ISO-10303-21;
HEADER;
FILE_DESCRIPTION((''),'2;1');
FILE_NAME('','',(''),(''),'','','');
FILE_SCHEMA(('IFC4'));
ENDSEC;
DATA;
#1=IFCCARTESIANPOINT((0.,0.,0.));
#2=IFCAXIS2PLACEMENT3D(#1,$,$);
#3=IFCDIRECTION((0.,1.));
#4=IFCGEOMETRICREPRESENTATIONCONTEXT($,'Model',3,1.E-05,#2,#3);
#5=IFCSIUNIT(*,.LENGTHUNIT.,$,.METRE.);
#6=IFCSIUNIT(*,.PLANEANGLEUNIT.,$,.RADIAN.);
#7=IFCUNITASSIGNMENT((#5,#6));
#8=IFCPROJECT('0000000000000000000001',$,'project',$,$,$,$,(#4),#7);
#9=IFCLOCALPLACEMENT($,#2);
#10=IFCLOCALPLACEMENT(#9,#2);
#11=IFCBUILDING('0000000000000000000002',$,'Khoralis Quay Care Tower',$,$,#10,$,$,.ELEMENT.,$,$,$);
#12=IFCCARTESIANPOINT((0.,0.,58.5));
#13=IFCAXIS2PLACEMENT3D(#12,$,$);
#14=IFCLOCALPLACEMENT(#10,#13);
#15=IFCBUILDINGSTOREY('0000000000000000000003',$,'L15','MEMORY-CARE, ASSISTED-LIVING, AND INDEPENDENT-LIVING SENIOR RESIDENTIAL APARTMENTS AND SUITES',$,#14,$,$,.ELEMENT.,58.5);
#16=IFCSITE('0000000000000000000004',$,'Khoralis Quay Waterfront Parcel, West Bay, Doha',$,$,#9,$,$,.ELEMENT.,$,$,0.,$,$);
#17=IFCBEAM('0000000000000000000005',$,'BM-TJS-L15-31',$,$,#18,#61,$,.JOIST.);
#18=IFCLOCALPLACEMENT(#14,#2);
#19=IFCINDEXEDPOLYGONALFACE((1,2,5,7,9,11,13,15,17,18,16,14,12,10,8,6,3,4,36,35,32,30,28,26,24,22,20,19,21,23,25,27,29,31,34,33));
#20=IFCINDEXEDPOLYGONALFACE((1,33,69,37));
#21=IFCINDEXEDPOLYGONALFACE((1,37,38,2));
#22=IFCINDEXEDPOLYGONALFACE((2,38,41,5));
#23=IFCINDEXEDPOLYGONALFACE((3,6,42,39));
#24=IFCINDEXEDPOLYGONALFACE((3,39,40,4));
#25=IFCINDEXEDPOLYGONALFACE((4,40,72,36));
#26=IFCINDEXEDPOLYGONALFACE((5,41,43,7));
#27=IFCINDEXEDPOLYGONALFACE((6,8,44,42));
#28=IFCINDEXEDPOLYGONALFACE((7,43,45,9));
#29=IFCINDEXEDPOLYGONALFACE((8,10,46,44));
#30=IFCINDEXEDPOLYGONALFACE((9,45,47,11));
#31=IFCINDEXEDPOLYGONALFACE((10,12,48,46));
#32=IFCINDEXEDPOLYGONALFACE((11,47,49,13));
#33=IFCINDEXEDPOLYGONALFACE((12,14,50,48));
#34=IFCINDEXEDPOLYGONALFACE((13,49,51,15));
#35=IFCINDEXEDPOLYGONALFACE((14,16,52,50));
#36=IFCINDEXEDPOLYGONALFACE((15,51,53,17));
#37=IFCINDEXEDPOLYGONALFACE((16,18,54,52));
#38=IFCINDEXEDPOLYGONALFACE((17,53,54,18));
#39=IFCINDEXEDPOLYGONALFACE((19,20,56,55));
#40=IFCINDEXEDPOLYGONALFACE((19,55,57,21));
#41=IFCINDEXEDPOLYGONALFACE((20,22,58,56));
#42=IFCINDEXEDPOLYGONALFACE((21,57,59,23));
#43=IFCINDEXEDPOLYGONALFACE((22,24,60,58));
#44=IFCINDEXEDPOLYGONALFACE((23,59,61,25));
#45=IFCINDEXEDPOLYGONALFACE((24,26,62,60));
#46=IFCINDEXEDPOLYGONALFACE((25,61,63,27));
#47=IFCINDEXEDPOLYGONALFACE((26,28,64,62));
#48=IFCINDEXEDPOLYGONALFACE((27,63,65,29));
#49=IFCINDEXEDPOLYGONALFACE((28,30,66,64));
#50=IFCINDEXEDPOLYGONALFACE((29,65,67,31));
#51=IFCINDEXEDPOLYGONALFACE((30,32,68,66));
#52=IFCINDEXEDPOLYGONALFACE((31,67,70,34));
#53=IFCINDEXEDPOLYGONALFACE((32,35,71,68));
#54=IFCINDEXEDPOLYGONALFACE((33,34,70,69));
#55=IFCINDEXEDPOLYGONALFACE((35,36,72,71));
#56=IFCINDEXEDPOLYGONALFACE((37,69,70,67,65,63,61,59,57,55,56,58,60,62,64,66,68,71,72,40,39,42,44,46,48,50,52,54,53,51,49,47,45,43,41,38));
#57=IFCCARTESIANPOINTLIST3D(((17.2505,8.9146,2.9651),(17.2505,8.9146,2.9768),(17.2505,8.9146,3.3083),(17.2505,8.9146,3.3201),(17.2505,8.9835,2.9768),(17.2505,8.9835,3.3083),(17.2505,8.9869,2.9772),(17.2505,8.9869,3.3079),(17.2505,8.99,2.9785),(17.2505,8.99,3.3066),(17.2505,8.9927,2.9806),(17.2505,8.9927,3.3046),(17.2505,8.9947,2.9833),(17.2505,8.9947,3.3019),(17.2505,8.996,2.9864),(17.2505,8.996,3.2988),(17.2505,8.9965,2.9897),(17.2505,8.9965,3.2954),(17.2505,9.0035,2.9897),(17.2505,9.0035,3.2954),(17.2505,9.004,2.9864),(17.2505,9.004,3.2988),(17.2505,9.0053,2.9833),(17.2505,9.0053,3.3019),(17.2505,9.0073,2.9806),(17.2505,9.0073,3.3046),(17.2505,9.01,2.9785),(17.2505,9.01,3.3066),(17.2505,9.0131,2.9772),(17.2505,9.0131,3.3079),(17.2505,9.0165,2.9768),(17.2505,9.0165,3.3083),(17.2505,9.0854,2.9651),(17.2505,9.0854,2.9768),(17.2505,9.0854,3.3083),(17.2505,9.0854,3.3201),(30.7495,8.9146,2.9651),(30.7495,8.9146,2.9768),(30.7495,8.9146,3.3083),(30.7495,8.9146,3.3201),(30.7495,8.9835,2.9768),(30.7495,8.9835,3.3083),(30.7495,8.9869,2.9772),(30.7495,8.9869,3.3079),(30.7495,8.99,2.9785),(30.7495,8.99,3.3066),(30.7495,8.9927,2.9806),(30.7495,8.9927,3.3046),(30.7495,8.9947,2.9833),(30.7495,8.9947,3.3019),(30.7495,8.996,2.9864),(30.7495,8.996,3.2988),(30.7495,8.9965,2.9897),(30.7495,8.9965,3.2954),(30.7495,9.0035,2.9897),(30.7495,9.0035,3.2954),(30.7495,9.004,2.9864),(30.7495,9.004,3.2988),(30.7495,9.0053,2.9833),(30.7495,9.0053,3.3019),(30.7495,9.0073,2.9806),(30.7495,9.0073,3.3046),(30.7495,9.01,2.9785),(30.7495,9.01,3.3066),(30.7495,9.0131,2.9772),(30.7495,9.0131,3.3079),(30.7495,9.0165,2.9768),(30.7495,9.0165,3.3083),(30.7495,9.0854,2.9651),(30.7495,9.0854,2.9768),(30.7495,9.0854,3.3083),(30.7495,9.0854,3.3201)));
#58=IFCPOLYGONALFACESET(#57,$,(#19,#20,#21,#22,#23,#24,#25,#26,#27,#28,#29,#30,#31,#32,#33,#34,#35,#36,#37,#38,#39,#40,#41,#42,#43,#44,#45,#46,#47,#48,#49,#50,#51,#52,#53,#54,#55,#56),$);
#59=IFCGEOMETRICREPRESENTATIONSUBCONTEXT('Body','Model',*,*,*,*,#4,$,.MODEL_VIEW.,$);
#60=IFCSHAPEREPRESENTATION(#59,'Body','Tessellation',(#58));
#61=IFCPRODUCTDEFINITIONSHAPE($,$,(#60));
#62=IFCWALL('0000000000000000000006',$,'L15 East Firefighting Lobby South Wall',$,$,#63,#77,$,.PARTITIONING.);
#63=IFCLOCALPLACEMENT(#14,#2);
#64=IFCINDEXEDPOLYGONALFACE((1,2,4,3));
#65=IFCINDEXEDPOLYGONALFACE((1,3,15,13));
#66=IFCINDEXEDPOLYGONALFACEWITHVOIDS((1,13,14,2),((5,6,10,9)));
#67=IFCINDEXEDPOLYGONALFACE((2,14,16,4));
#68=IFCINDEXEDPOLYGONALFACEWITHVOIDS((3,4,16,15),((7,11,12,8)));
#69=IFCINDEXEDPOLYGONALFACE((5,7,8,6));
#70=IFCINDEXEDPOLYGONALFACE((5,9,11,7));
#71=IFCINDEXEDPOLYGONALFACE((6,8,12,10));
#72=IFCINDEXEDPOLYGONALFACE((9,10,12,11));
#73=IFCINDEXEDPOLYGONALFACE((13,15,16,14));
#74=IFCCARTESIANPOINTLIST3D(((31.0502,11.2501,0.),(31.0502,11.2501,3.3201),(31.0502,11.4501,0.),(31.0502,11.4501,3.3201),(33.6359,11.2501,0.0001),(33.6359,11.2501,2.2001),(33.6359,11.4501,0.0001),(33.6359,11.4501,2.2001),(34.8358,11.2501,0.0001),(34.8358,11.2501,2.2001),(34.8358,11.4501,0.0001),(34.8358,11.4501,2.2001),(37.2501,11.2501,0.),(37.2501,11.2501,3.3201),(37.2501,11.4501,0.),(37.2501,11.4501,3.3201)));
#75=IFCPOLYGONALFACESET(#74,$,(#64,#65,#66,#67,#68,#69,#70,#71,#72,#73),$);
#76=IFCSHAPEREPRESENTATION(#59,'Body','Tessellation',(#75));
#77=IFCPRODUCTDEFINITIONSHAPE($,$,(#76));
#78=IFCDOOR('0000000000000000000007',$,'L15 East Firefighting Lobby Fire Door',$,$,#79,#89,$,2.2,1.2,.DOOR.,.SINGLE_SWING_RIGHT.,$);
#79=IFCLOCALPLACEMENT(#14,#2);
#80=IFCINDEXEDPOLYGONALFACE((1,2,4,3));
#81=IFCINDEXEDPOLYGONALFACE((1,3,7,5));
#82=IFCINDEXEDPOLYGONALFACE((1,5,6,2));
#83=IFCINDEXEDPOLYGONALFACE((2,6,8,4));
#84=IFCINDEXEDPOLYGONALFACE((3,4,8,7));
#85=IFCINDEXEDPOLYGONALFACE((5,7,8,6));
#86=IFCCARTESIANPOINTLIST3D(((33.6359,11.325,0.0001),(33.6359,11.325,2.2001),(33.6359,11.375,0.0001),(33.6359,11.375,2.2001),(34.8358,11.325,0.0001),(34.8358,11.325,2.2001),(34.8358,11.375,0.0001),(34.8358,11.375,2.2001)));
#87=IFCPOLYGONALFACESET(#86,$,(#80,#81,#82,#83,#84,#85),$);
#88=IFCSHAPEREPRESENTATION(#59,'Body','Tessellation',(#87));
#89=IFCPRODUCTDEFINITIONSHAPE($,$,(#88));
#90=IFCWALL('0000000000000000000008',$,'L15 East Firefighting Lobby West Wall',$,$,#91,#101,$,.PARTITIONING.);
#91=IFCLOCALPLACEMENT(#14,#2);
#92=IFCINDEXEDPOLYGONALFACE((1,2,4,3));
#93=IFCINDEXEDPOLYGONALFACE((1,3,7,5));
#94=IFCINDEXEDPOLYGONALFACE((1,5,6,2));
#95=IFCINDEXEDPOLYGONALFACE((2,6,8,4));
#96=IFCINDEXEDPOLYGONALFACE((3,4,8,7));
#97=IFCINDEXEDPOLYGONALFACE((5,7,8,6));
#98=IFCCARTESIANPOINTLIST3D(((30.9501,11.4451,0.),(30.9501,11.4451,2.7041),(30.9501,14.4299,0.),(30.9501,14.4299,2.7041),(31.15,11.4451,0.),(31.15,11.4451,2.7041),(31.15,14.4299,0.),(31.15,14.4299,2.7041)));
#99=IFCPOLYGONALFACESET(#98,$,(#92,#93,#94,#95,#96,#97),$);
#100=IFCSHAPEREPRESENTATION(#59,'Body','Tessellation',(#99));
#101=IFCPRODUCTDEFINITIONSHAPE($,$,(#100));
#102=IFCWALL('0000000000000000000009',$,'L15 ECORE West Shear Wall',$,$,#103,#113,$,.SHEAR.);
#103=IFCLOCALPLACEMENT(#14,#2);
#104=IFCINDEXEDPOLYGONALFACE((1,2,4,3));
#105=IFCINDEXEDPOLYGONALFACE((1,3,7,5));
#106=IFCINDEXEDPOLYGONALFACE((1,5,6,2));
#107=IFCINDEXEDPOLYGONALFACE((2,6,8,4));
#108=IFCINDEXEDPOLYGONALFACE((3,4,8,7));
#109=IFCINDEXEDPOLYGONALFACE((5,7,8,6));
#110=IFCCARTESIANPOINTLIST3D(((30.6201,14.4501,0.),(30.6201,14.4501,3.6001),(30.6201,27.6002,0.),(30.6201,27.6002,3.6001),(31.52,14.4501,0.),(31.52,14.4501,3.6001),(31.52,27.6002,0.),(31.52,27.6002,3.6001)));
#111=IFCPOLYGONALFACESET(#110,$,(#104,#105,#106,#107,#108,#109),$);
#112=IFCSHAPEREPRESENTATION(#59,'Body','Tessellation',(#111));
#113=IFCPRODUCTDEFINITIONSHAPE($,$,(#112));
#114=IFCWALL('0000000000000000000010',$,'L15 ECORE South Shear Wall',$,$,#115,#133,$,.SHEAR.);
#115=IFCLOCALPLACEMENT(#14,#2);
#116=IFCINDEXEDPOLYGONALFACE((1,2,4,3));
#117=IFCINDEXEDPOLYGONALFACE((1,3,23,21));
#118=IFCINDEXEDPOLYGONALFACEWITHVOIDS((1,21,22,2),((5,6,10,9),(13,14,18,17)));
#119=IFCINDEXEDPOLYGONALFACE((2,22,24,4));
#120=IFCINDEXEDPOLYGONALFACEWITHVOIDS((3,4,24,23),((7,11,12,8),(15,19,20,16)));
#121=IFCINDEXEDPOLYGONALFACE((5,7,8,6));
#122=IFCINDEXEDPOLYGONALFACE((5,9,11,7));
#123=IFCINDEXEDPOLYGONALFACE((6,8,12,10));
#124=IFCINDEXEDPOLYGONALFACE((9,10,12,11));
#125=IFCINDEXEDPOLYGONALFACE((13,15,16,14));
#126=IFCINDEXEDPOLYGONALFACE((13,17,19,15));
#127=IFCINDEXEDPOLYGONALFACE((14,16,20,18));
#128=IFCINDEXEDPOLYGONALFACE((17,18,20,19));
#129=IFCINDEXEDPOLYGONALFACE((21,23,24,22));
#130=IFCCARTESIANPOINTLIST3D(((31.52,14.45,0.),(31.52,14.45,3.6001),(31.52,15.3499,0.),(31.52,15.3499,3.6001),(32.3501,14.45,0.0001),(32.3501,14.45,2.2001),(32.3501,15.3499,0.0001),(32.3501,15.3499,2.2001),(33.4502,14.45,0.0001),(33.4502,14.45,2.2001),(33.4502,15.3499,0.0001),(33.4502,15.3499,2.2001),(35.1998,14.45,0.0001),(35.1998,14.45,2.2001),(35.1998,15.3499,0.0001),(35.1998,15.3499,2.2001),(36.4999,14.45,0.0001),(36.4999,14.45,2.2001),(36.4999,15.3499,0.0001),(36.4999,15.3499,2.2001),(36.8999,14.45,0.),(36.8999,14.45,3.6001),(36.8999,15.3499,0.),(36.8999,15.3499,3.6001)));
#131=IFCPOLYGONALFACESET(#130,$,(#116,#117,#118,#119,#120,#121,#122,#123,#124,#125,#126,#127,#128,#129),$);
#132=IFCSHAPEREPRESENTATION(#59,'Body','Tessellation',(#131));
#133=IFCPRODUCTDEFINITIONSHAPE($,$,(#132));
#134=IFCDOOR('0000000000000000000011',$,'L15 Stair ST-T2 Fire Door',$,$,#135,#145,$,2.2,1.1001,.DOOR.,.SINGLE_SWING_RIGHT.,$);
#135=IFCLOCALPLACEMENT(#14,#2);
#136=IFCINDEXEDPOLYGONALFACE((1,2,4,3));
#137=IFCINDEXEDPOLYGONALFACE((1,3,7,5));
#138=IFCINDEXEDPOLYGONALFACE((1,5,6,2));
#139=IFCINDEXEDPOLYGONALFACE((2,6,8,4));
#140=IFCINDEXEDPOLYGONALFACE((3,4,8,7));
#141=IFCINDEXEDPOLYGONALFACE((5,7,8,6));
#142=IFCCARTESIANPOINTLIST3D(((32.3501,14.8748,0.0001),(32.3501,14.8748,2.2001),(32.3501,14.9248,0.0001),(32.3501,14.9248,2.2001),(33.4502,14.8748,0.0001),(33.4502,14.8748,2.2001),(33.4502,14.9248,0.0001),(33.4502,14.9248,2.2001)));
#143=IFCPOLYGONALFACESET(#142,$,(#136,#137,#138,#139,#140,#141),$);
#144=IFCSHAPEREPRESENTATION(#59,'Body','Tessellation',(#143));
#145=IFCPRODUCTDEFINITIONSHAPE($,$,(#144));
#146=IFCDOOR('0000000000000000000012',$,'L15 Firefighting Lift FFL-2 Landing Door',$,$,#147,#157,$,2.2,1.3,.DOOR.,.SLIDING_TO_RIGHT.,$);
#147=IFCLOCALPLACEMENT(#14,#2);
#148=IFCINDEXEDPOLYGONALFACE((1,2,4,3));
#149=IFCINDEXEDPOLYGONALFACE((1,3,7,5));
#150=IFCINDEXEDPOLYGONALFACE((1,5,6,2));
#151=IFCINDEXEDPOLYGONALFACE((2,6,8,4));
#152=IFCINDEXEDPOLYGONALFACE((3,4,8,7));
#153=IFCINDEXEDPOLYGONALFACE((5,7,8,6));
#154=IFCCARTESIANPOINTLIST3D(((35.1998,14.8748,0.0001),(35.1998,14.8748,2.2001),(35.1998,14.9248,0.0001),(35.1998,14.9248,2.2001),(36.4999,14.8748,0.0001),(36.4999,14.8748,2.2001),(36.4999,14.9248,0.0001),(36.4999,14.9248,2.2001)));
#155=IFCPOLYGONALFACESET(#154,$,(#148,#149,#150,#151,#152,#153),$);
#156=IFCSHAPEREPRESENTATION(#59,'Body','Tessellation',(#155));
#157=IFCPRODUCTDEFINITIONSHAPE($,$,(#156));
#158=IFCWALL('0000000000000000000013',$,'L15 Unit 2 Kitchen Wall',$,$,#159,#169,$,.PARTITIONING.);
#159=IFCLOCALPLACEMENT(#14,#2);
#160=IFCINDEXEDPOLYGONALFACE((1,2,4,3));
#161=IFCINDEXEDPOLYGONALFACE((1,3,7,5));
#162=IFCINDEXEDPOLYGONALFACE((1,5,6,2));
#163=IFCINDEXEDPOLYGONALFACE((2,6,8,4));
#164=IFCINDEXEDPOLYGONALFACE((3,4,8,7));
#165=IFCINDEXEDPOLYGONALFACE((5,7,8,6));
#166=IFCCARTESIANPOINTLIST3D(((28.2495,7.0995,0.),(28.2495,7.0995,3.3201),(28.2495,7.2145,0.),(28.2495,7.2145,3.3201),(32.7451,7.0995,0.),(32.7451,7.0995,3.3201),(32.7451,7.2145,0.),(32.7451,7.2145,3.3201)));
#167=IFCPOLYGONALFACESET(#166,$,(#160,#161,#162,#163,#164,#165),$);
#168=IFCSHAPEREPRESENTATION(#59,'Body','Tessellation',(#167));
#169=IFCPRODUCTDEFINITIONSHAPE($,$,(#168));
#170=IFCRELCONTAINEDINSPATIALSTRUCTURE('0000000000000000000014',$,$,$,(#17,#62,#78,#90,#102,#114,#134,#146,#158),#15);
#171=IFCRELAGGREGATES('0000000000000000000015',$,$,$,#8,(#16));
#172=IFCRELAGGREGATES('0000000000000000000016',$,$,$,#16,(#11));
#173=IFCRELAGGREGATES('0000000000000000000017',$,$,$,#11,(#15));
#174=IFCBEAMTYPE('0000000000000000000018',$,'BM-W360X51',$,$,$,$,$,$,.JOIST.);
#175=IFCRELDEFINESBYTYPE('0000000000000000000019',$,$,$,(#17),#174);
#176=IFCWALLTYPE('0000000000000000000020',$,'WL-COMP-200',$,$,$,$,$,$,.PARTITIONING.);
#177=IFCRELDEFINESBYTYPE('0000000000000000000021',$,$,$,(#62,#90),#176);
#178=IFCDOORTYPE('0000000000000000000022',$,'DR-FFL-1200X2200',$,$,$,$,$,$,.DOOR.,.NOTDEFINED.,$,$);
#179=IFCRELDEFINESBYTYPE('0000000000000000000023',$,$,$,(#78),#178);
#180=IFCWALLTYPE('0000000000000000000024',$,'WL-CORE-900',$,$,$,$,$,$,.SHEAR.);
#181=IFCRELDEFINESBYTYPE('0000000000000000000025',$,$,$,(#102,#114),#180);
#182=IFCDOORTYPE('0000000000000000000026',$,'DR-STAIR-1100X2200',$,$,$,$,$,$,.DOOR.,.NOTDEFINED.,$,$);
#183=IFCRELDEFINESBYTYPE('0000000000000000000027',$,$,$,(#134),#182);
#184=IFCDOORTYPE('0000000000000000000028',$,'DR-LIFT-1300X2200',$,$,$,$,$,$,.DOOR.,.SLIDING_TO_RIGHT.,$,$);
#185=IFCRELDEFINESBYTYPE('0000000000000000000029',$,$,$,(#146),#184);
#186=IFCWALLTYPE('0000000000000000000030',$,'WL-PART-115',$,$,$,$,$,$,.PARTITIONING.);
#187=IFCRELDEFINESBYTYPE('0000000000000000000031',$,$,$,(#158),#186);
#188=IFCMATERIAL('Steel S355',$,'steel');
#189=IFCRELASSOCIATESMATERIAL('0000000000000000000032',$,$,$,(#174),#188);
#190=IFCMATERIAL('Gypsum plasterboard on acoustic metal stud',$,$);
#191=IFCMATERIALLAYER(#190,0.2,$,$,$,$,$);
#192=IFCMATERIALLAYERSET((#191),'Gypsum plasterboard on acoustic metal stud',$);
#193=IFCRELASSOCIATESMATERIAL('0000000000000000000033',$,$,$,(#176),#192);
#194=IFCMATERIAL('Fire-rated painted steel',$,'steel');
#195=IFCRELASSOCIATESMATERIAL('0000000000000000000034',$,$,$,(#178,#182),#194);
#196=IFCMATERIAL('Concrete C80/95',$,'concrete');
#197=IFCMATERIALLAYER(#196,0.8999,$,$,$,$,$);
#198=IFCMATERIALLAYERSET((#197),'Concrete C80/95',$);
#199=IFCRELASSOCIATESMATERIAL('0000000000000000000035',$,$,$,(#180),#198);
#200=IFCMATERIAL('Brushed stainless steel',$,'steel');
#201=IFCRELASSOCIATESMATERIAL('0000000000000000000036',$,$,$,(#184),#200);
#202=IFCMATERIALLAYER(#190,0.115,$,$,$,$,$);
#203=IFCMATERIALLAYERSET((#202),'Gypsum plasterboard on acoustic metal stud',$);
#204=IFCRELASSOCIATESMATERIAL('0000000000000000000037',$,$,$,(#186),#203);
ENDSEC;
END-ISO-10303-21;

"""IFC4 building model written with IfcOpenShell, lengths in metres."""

from ifc_helpers import new_model, si_unit, direction, frame, frame_2d, origin, origin_2d, place, context, subcontext, project, spatial, rectangle, i_section, extrude, source, transform, mapped, material, layer, layer_set, material_profile, profile_set, type_object, element, fill, save


model = new_model("IFC4")

# Units and contexts
model_context = context("Model", 3, precision=1e-05, world=origin(), true_north=direction((0.0, 1.0)))
body_context = subcontext(model_context, "Body", "Model", "MODEL_VIEW")
ifc_project = project(units=[si_unit("LENGTHUNIT", "METRE"), si_unit("PLANEANGLEUNIT", "RADIAN")], contexts=[model_context])

# Site, building, storey
site_placement = place(None, origin())
site = spatial("IfcSite", under=ifc_project, at=site_placement, Name="Khoralis Quay Waterfront Parcel, West Bay, Doha", CompositionType="ELEMENT", RefElevation=0.0)
building_placement = place(site_placement, origin())
building = spatial("IfcBuilding", under=site, at=building_placement, Name="Khoralis Quay Care Tower", CompositionType="ELEMENT")
storey_placement = place(building_placement, frame((0.0, 0.0, 58.5)))
storey = spatial("IfcBuildingStorey", under=building, at=storey_placement, Name="L15", Description="MEMORY-CARE, ASSISTED-LIVING, AND INDEPENDENT-LIVING SENIOR RESIDENTIAL APARTMENTS AND SUITES", CompositionType="ELEMENT", Elevation=58.5)

# Beam
ifc_material_1 = material(Name="Steel S355", Category="steel")
ifc_material_profile_1 = material_profile(ifc_material_1, i_section(OverallWidth=0.1709, OverallDepth=0.355, WebThickness=0.0071, FlangeThickness=0.0117, FilletRadius=0.0129, at=origin_2d()), Name="Steel S355")
ifc_profile_set_1 = profile_set([ifc_material_profile_1], Name="Steel S355")
beam_type_1 = type_object("IfcBeamType", Name="BM-W360X51", PredefinedType="JOIST", material=ifc_profile_set_1)
shared_shape_1 = source(origin(), body_context, "Body", "SweptSolid", [
    extrude(i_section(OverallWidth=0.1709, OverallDepth=0.355, WebThickness=0.0071, FlangeThickness=0.0117, FilletRadius=0.0129, at=origin_2d()), origin(), (0.0, 0.0, 1.0), 13.499),
])
beam_1_placement = place(storey_placement, frame((17.2505, 9.0, 3.1426), z_axis=(1.0, 0.0, 0.0), x_axis=(0.0, 1.0, 0.0)))
element("IfcBeam", 1, at=beam_1_placement, inside=storey, type_object=beam_type_1, Name="BM-TJS-L15-31", PredefinedType="JOIST", context=body_context, shape_type="MappedRepresentation", body=[
    mapped(shared_shape_1, transform((0.0, 0.0, 0.0), scale=1.0)),
])

# Wall, opening, door
ifc_material_2 = material(Name="Gypsum plasterboard on acoustic metal stud")
ifc_layer_1 = layer(ifc_material_2, 0.2)
ifc_layer_set_1 = layer_set([ifc_layer_1], Name="Gypsum plasterboard on acoustic metal stud")
wall_type_1 = type_object("IfcWallType", Name="WL-COMP-200", PredefinedType="PARTITIONING", material=ifc_layer_set_1)
wall_1_placement = place(storey_placement, frame((31.05, 11.3501, 0.0), z_axis=(0.0, 0.0, 1.0), x_axis=(1.0, 0.0, 0.0)))
wall_1 = element("IfcWall", 2, at=wall_1_placement, inside=storey, type_object=wall_type_1, Name="L15 East Firefighting Lobby South Wall", PredefinedType="PARTITIONING", context=body_context, shape_type="SweptSolid", body=[
    extrude(rectangle(XDim=6.2, YDim=0.2, at=frame_2d((3.1001, 0.0))), origin(), (0.0, 0.0, 1.0), 3.3201),
])
opening_1_placement = place(wall_1_placement, frame((2.5857, 0.0, 0.0)))
opening_1 = element("IfcOpeningElement", 3, at=opening_1_placement, cuts=wall_1, PredefinedType="OPENING", context=body_context, shape_type="SweptSolid", body=[
    extrude(rectangle(XDim=1.2, YDim=2.2, at=frame_2d((0.6001, 1.1001))), frame((0.0, 0.1099, 0.0), z_axis=(0.0, -1.0, 0.0), x_axis=(1.0, 0.0, 0.0)), (0.0, 0.0, 1.0), 0.22),
])
ifc_material_3 = material(Name="Fire-rated painted steel", Category="steel")
door_type_1 = type_object("IfcDoorType", Name="DR-FFL-1200X2200", OperationType="NOTDEFINED", PredefinedType="DOOR", material=ifc_material_3)
shared_shape_2 = source(origin(), body_context, "Body", "SweptSolid", [
    extrude(rectangle(XDim=1.2, YDim=2.2, at=frame_2d((0.6001, 1.1001))), frame((0.0, 0.0249, 0.0), z_axis=(0.0, -1.0, 0.0), x_axis=(1.0, 0.0, 0.0)), (0.0, 0.0, 1.0), 0.05),
])
door_1_placement = place(opening_1_placement, origin())
door_1 = element("IfcDoor", 4, at=door_1_placement, inside=storey, type_object=door_type_1, Name="L15 East Firefighting Lobby Fire Door", OperationType="SINGLE_SWING_RIGHT", OverallHeight=2.2, OverallWidth=1.2, PredefinedType="DOOR", context=body_context, shape_type="MappedRepresentation", body=[
    mapped(shared_shape_2, transform((0.0, 0.0, 0.0), scale=1.0)),
])
fill(opening_1, door_1)

# Walls
wall_2_placement = place(storey_placement, frame((31.05, 11.4451, 0.0), z_axis=(0.0, 0.0, 1.0), x_axis=(0.0, 1.0, 0.0)))
element("IfcWall", 5, at=wall_2_placement, inside=storey, type_object=wall_type_1, Name="L15 East Firefighting Lobby West Wall", PredefinedType="PARTITIONING", context=body_context, shape_type="SweptSolid", body=[
    extrude(rectangle(XDim=2.9849, YDim=0.2, at=frame_2d((1.4924, 0.0))), origin(), (0.0, 0.0, 1.0), 2.7041),
])
ifc_material_4 = material(Name="Concrete C80/95", Category="concrete")
ifc_layer_2 = layer(ifc_material_4, 0.8999)
ifc_layer_set_2 = layer_set([ifc_layer_2], Name="Concrete C80/95")
wall_type_2 = type_object("IfcWallType", Name="WL-CORE-900", PredefinedType="SHEAR", material=ifc_layer_set_2)
wall_3_placement = place(storey_placement, frame((31.0701, 14.45, 0.0), z_axis=(0.0, 0.0, 1.0), x_axis=(0.0, 1.0, 0.0)))
element("IfcWall", 6, at=wall_3_placement, inside=storey, type_object=wall_type_2, Name="L15 ECORE West Shear Wall", PredefinedType="SHEAR", context=body_context, shape_type="SweptSolid", body=[
    extrude(rectangle(XDim=13.1501, YDim=0.8999, at=frame_2d((6.5752, 0.0))), origin(), (0.0, 0.0, 1.0), 3.6001),
])

# Wall, openings, doors
wall_4_placement = place(storey_placement, frame((31.52, 14.8999, 0.0), z_axis=(0.0, 0.0, 1.0), x_axis=(1.0, 0.0, 0.0)))
wall_4 = element("IfcWall", 7, at=wall_4_placement, inside=storey, type_object=wall_type_2, Name="L15 ECORE South Shear Wall", PredefinedType="SHEAR", context=body_context, shape_type="SweptSolid", body=[
    extrude(rectangle(XDim=5.3799, YDim=0.8999, at=frame_2d((2.6899, 0.0))), origin(), (0.0, 0.0, 1.0), 3.6001),
])
opening_2_placement = place(wall_4_placement, frame((0.8301, 0.0, 0.0)))
opening_2 = element("IfcOpeningElement", 8, at=opening_2_placement, cuts=wall_4, PredefinedType="OPENING", context=body_context, shape_type="SweptSolid", body=[
    extrude(rectangle(XDim=1.1001, YDim=2.2, at=frame_2d((0.55, 1.1001))), frame((0.0, 0.46, 0.0), z_axis=(0.0, -1.0, 0.0), x_axis=(1.0, 0.0, 0.0)), (0.0, 0.0, 1.0), 0.9199),
])
opening_3_placement = place(wall_4_placement, frame((3.6799, 0.0, 0.0)))
opening_3 = element("IfcOpeningElement", 9, at=opening_3_placement, cuts=wall_4, PredefinedType="OPENING", context=body_context, shape_type="SweptSolid", body=[
    extrude(rectangle(XDim=1.3, YDim=2.2, at=frame_2d((0.6499, 1.1001))), frame((0.0, 0.46, 0.0), z_axis=(0.0, -1.0, 0.0), x_axis=(1.0, 0.0, 0.0)), (0.0, 0.0, 1.0), 0.9199),
])
door_type_2 = type_object("IfcDoorType", Name="DR-STAIR-1100X2200", OperationType="NOTDEFINED", PredefinedType="DOOR", material=ifc_material_3)
shared_shape_3 = source(origin(), body_context, "Body", "SweptSolid", [
    extrude(rectangle(XDim=1.1001, YDim=2.2, at=frame_2d((0.55, 1.1001))), frame((0.0, 0.0249, 0.0), z_axis=(0.0, -1.0, 0.0), x_axis=(1.0, 0.0, 0.0)), (0.0, 0.0, 1.0), 0.05),
])
door_2_placement = place(opening_2_placement, origin())
door_2 = element("IfcDoor", 10, at=door_2_placement, inside=storey, type_object=door_type_2, Name="L15 Stair ST-T2 Fire Door", OperationType="SINGLE_SWING_RIGHT", OverallHeight=2.2, OverallWidth=1.1001, PredefinedType="DOOR", context=body_context, shape_type="MappedRepresentation", body=[
    mapped(shared_shape_3, transform((0.0, 0.0, 0.0), scale=1.0)),
])
fill(opening_2, door_2)
ifc_material_5 = material(Name="Brushed stainless steel", Category="steel")
door_type_3 = type_object("IfcDoorType", Name="DR-LIFT-1300X2200", OperationType="SLIDING_TO_RIGHT", PredefinedType="DOOR", material=ifc_material_5)
shared_shape_4 = source(origin(), body_context, "Body", "SweptSolid", [
    extrude(rectangle(XDim=1.3, YDim=2.2, at=frame_2d((0.6499, 1.1001))), frame((0.0, 0.0249, 0.0), z_axis=(0.0, -1.0, 0.0), x_axis=(1.0, 0.0, 0.0)), (0.0, 0.0, 1.0), 0.05),
])
door_3_placement = place(opening_3_placement, origin())
door_3 = element("IfcDoor", 11, at=door_3_placement, inside=storey, type_object=door_type_3, Name="L15 Firefighting Lift FFL-2 Landing Door", OperationType="SLIDING_TO_RIGHT", OverallHeight=2.2, OverallWidth=1.3, PredefinedType="DOOR", context=body_context, shape_type="MappedRepresentation", body=[
    mapped(shared_shape_4, transform((0.0, 0.0, 0.0), scale=1.0)),
])
fill(opening_3, door_3)

# Wall
ifc_layer_3 = layer(ifc_material_2, 0.115)
ifc_layer_set_3 = layer_set([ifc_layer_3], Name="Gypsum plasterboard on acoustic metal stud")
wall_type_3 = type_object("IfcWallType", Name="WL-PART-115", PredefinedType="PARTITIONING", material=ifc_layer_set_3)
wall_5_placement = place(storey_placement, frame((28.2495, 7.157, 0.0), z_axis=(0.0, 0.0, 1.0), x_axis=(1.0, 0.0, 0.0)))
element("IfcWall", 12, at=wall_5_placement, inside=storey, type_object=wall_type_3, Name="L15 Unit 2 Kitchen Wall", PredefinedType="PARTITIONING", context=body_context, shape_type="SweptSolid", body=[
    extrude(rectangle(XDim=4.4956, YDim=0.115, at=frame_2d((2.2478, 0.0))), origin(), (0.0, 0.0, 1.0), 3.3201),
])

save(model, "model.ifc")
